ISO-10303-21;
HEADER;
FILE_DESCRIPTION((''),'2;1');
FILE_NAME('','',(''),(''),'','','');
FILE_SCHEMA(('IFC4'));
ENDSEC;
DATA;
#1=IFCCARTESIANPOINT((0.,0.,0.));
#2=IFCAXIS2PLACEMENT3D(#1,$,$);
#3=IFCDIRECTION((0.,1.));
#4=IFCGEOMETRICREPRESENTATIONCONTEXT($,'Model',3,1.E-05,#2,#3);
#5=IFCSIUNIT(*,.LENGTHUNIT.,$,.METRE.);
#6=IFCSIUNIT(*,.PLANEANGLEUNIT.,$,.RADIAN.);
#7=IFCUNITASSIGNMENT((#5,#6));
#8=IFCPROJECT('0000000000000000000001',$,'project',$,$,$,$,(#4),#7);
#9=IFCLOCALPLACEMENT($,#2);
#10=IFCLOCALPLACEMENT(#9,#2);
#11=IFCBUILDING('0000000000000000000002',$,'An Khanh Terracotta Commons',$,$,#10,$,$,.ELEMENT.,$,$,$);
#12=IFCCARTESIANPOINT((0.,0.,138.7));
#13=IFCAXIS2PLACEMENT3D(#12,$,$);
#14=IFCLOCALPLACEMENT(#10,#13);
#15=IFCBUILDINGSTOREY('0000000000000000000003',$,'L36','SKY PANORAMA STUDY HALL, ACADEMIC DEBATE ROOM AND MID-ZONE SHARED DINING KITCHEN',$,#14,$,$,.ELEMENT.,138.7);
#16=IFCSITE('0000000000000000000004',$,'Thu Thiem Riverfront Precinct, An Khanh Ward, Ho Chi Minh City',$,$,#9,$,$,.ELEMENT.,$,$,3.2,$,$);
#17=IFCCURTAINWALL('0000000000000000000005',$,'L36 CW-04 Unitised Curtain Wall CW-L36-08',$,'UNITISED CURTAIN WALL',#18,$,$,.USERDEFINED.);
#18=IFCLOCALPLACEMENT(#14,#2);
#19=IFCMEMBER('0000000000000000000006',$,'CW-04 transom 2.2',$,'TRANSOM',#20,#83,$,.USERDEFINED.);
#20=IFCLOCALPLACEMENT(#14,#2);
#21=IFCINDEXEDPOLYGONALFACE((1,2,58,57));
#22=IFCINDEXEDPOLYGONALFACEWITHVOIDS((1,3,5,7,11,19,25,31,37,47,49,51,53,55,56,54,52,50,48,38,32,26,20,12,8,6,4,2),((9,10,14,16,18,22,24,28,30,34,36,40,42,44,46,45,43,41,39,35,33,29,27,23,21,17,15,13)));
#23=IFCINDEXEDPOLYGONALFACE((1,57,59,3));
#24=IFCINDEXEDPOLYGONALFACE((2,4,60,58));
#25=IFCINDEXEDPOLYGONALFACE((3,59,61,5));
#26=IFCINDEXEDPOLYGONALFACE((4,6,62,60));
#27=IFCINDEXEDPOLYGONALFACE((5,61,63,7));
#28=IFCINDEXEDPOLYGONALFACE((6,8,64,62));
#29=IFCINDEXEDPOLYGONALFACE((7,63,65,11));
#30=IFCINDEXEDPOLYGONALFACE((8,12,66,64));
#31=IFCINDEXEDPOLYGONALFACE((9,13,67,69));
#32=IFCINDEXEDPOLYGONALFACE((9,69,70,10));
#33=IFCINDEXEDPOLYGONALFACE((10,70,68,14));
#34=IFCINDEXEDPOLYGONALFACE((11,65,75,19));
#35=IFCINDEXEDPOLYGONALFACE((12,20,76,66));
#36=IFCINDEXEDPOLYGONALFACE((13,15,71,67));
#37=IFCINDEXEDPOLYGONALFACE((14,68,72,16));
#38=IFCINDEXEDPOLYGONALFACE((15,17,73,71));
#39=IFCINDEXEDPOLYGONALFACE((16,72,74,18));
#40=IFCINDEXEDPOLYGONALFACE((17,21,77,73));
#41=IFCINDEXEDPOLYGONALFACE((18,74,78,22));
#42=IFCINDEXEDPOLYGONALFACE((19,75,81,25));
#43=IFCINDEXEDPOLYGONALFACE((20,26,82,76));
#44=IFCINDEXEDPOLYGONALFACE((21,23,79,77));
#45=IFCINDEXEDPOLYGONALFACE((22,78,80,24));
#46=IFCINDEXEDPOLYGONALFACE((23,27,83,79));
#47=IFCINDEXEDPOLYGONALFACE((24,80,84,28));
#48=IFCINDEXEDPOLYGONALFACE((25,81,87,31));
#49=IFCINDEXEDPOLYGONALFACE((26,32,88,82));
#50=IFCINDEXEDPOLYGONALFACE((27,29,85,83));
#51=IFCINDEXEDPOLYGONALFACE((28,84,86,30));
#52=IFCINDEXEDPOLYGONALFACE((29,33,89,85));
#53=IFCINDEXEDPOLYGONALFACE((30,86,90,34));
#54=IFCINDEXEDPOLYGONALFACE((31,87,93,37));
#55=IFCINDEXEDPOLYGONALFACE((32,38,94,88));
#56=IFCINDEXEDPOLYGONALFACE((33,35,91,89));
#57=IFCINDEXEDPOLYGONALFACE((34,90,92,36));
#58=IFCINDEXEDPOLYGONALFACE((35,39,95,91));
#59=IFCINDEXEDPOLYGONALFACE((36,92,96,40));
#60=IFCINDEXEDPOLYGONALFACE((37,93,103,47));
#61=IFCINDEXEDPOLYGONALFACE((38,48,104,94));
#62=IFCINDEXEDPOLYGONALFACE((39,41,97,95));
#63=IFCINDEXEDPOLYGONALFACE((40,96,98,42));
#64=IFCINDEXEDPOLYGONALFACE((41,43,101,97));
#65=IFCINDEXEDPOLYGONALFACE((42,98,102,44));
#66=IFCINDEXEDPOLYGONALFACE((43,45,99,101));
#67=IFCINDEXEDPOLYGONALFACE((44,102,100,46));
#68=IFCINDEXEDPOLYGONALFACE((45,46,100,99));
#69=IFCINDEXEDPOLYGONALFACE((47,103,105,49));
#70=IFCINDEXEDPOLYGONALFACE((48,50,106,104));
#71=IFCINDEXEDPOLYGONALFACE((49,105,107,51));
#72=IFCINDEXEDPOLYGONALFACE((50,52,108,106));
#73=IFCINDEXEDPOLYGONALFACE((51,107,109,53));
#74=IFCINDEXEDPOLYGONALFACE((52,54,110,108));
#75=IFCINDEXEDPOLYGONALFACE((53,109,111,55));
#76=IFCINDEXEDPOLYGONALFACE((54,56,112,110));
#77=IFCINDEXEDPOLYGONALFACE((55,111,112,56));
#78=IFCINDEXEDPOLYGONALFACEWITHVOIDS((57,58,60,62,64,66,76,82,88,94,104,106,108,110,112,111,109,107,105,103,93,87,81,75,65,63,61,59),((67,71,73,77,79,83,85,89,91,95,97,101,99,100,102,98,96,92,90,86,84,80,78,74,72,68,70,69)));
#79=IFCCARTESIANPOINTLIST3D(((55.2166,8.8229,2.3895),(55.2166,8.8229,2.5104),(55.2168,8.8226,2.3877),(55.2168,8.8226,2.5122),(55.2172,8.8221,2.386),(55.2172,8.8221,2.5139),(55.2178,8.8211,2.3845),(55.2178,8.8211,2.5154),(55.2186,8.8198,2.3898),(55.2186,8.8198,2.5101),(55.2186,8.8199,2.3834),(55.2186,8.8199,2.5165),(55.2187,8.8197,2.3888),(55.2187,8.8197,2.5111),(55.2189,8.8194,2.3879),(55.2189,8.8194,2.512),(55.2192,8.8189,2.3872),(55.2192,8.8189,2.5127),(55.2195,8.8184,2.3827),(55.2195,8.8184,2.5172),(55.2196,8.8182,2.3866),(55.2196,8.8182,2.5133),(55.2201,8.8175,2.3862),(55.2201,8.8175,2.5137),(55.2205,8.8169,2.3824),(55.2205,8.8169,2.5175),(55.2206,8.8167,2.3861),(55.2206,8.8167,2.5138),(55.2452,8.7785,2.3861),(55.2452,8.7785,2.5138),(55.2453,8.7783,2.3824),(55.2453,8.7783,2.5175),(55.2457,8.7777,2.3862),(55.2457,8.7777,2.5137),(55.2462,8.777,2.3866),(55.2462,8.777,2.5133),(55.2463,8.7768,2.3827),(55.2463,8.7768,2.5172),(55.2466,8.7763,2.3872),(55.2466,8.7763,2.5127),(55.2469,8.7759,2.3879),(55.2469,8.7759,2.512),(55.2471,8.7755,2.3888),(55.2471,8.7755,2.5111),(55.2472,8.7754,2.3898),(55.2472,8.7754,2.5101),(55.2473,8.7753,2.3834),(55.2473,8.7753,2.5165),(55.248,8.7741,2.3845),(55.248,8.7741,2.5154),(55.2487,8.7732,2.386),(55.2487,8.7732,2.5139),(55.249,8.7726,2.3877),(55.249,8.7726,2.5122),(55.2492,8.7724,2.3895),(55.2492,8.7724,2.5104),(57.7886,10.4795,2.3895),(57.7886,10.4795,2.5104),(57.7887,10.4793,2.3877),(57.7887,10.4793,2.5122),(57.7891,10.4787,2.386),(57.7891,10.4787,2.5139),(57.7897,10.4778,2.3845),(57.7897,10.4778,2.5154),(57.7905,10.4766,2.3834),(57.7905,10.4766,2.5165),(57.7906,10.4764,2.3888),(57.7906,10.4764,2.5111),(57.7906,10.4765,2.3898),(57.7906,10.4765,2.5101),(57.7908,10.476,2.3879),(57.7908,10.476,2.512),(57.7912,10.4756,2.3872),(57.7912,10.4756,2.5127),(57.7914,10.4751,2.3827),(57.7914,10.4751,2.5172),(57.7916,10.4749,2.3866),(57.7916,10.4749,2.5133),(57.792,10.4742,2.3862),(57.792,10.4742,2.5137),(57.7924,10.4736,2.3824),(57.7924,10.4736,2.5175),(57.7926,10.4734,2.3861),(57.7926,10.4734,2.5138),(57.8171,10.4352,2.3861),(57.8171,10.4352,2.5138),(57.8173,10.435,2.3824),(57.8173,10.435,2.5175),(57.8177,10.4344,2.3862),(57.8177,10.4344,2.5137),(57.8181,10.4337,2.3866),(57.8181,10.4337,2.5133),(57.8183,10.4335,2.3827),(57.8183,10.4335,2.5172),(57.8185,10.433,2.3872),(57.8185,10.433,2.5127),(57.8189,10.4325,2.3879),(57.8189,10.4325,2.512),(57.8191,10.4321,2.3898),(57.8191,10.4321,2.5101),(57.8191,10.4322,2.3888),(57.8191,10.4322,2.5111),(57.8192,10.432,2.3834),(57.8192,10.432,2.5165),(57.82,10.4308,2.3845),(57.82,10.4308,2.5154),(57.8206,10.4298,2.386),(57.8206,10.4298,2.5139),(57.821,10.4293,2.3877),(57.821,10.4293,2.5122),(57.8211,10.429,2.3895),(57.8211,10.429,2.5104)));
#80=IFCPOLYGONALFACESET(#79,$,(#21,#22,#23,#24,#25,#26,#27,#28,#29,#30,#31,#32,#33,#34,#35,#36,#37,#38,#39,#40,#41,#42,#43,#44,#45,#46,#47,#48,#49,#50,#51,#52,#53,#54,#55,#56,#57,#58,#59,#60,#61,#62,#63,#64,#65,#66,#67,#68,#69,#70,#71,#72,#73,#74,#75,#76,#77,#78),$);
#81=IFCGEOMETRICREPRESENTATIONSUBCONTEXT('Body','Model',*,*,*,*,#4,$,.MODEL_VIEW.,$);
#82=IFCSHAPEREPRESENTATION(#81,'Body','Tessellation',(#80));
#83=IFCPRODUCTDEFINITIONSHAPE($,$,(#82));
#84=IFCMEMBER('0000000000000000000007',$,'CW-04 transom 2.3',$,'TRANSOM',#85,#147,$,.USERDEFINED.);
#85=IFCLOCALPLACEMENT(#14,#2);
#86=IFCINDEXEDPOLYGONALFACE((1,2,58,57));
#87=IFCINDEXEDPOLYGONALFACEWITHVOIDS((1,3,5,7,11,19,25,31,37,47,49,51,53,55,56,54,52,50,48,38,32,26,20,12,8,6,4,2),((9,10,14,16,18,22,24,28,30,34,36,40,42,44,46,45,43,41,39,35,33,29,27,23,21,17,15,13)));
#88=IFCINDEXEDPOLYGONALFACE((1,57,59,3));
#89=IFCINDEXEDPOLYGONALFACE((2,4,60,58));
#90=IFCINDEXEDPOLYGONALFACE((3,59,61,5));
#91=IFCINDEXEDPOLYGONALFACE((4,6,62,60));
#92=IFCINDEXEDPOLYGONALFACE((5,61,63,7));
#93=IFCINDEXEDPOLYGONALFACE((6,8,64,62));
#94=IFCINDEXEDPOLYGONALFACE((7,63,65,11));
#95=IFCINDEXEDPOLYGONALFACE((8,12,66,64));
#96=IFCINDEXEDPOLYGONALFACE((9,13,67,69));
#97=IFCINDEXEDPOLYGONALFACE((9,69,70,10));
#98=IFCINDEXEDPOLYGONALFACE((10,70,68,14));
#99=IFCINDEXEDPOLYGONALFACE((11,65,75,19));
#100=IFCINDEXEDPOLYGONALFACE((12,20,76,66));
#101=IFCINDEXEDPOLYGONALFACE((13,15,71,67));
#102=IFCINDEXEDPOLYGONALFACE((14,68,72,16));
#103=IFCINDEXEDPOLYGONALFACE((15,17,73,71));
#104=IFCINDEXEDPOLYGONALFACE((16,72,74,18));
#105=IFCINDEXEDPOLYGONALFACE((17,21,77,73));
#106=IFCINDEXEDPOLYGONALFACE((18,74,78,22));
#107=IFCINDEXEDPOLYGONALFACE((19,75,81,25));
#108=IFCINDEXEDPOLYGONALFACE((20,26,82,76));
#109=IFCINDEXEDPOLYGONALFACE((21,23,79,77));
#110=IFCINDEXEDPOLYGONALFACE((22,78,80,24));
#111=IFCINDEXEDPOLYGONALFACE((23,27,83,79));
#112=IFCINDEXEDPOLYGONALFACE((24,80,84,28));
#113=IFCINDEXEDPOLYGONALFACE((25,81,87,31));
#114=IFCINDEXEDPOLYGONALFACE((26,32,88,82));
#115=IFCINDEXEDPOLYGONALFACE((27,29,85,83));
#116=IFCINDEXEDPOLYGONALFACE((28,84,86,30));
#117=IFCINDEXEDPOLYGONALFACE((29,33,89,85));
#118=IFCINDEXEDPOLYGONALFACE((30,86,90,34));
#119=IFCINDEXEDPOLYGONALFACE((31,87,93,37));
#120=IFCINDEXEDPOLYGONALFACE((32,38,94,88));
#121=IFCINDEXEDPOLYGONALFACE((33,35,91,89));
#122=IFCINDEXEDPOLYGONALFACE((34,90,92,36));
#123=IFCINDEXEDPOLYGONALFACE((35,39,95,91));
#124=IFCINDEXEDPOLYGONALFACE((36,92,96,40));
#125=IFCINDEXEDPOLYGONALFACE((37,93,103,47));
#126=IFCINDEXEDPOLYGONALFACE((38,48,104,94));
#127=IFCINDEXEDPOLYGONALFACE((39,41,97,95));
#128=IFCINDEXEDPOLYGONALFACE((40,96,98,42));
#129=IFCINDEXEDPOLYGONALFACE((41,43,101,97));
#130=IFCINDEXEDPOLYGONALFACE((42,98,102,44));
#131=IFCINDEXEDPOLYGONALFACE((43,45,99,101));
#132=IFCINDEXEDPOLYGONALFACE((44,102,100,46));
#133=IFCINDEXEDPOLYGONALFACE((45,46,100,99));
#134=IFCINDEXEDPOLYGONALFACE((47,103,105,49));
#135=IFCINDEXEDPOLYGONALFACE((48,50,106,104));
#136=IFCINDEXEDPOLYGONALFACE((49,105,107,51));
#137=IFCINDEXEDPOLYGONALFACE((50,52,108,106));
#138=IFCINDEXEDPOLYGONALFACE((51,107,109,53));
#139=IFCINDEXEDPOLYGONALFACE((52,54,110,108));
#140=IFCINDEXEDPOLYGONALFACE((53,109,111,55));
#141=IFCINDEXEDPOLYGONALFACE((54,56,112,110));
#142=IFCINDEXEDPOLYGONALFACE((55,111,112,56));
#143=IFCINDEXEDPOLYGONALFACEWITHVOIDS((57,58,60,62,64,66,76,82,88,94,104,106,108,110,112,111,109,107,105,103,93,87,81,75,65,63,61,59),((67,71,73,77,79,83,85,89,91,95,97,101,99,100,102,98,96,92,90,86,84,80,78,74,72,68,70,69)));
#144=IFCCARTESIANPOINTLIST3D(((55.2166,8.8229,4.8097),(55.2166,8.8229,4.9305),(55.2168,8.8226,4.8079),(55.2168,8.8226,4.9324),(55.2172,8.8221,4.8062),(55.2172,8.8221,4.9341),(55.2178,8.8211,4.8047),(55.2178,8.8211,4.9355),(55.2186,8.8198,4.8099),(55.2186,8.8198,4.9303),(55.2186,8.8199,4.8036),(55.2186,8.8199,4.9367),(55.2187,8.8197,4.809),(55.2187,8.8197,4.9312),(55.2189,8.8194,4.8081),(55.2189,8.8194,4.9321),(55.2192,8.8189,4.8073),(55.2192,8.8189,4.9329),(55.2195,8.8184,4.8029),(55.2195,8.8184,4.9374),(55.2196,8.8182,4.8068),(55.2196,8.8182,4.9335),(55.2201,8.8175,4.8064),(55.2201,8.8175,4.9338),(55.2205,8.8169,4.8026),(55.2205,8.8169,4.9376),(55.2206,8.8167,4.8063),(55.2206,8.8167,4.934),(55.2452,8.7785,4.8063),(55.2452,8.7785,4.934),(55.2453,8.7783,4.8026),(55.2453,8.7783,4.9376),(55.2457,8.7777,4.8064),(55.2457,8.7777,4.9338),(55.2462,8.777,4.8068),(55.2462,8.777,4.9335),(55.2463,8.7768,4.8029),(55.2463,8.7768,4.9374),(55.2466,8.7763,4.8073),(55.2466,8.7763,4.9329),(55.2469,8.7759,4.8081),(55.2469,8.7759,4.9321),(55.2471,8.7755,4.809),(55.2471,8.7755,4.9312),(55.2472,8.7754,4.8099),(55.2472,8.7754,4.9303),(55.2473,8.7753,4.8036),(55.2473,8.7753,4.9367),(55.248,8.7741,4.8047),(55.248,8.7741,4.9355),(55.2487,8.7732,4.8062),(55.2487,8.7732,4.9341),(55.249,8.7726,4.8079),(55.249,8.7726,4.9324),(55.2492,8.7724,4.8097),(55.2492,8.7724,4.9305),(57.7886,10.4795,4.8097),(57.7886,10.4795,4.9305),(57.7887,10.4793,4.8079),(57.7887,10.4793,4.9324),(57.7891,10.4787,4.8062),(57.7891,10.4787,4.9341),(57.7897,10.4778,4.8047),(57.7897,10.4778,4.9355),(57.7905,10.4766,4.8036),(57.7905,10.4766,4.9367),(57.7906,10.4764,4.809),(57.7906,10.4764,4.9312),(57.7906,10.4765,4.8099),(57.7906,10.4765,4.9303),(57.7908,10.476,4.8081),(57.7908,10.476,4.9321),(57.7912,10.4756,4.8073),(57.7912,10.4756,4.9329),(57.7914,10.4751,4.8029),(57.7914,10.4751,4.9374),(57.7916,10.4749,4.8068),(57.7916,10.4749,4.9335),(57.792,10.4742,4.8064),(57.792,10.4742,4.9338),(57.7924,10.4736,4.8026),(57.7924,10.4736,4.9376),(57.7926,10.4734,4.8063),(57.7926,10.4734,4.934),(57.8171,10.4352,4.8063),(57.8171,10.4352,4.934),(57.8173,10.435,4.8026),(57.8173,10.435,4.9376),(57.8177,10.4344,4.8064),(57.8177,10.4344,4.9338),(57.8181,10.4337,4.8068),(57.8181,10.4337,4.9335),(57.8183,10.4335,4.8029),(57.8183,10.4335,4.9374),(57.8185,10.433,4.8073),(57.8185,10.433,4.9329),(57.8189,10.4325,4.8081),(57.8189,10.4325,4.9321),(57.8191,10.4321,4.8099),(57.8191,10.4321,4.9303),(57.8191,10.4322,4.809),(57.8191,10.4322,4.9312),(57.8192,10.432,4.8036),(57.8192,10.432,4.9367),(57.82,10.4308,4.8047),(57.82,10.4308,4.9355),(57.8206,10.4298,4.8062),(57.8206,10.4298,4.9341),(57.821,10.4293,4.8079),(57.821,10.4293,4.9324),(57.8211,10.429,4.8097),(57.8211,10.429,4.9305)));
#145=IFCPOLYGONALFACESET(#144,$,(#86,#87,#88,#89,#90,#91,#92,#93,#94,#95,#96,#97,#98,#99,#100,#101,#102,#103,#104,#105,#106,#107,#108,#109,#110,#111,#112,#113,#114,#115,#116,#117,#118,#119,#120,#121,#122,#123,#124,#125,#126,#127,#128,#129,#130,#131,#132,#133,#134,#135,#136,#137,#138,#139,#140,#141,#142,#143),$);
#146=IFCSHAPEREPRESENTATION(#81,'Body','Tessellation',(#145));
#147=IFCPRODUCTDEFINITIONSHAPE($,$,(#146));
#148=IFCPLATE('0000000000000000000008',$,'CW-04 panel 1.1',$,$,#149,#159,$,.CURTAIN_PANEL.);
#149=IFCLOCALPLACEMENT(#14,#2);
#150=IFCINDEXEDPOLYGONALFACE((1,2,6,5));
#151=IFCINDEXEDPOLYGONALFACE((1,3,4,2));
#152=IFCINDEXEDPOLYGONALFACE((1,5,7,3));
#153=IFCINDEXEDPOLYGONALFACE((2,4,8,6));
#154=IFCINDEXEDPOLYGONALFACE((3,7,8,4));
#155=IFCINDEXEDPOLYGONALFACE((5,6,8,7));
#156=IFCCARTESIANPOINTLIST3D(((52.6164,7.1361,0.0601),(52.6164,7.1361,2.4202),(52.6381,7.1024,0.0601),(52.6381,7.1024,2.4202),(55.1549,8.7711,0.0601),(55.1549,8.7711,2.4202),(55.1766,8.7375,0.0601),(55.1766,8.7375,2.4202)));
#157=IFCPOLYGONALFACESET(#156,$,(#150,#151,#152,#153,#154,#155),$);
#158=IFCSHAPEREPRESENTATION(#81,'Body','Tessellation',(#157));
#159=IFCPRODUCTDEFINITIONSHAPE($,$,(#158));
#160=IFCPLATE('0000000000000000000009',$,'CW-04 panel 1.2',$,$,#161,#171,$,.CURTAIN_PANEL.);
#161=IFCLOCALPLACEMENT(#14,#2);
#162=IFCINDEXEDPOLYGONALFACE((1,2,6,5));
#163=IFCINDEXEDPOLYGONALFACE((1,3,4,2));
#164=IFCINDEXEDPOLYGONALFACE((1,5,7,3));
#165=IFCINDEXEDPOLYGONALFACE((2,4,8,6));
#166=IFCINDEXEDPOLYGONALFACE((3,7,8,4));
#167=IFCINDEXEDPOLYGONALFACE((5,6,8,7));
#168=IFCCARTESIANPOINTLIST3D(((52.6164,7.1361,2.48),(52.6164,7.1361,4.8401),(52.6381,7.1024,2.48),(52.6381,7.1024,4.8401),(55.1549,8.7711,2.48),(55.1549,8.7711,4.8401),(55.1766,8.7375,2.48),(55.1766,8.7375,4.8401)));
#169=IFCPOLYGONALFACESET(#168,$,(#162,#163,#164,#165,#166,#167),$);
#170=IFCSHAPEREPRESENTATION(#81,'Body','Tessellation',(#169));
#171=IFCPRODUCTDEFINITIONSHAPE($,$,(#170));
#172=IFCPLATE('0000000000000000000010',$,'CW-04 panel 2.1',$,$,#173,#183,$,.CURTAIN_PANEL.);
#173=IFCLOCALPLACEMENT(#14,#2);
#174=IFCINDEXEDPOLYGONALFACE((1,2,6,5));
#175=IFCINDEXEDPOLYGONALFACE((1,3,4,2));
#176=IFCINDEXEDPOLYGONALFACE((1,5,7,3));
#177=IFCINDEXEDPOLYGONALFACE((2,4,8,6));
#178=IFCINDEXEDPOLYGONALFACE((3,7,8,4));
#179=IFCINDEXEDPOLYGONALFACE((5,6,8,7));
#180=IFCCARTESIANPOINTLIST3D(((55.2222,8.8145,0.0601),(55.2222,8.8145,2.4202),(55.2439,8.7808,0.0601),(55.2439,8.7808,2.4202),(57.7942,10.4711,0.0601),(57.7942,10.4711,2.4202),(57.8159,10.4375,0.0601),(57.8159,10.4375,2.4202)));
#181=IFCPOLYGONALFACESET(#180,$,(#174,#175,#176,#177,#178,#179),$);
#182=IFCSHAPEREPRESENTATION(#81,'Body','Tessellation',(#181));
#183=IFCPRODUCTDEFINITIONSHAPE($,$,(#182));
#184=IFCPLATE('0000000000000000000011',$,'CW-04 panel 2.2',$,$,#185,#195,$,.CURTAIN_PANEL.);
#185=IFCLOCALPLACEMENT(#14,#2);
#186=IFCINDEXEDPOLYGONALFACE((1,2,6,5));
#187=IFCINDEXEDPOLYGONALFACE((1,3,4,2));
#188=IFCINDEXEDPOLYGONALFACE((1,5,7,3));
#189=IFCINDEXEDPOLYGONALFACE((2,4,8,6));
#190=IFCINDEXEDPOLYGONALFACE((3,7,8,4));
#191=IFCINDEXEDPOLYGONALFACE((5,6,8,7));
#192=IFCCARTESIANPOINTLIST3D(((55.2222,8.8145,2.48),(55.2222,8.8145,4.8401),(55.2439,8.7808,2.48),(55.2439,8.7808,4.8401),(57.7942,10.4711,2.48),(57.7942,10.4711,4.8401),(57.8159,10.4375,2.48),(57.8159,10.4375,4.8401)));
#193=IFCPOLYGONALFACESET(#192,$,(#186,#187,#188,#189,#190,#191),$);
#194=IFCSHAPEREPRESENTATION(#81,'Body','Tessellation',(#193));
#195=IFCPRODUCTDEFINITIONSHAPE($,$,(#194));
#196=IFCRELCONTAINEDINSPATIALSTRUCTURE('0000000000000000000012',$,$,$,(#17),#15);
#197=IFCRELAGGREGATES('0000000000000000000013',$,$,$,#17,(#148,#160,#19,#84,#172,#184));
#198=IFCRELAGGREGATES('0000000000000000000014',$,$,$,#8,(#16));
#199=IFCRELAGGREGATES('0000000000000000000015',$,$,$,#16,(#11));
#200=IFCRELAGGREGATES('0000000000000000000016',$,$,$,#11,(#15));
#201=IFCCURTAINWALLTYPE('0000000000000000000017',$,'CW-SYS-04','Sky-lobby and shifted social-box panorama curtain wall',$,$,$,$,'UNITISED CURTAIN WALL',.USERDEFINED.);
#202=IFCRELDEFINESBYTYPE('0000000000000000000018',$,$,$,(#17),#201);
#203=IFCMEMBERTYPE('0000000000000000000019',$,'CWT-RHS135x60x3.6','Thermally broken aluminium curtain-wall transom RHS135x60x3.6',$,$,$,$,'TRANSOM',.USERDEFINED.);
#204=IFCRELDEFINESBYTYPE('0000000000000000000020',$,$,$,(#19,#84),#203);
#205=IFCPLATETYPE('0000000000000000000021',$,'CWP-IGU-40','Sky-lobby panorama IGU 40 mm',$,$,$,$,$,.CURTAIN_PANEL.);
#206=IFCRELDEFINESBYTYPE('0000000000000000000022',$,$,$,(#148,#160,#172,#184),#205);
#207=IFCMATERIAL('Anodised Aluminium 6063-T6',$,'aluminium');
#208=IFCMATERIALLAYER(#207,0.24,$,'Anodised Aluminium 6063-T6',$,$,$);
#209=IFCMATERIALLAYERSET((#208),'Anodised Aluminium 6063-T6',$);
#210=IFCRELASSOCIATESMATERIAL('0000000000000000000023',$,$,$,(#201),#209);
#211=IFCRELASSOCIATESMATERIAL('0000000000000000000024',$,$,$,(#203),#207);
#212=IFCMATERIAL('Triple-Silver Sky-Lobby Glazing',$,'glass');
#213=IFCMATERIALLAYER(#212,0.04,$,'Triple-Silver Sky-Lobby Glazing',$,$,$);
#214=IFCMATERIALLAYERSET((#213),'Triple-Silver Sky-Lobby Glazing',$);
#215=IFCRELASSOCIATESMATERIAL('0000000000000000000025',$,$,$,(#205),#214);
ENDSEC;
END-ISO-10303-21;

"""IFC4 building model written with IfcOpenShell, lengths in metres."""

from ifc_helpers import new_model, si_unit, direction, frame, origin, origin_2d, place, context, subcontext, project, spatial, rectangle, hollow_rectangle, extrude, material, layer, layer_set, material_profile, profile_set, type_object, element, aggregate, save


model = new_model("IFC4")

# Units and contexts
model_context = context("Model", 3, precision=1e-05, world=origin(), true_north=direction((0.0, 1.0)))
body_context = subcontext(model_context, "Body", "Model", "MODEL_VIEW")
ifc_project = project(units=[si_unit("LENGTHUNIT", "METRE"), si_unit("PLANEANGLEUNIT", "RADIAN")], contexts=[model_context])

# Site, building, storey
site_placement = place(None, origin())
site = spatial("IfcSite", under=ifc_project, at=site_placement, Name="Thu Thiem Riverfront Precinct, An Khanh Ward, Ho Chi Minh City", CompositionType="ELEMENT", RefElevation=3.2)
building_placement = place(site_placement, origin())
building = spatial("IfcBuilding", under=site, at=building_placement, Name="An Khanh Terracotta Commons", CompositionType="ELEMENT")
storey_placement = place(building_placement, frame((0.0, 0.0, 138.7)))
storey = spatial("IfcBuildingStorey", under=building, at=storey_placement, Name="L36", Description="SKY PANORAMA STUDY HALL, ACADEMIC DEBATE ROOM AND MID-ZONE SHARED DINING KITCHEN", CompositionType="ELEMENT", Elevation=138.7)

# Curtain wall, members, plates
ifc_material_1 = material(Name="Anodised Aluminium 6063-T6", Category="aluminium")
ifc_layer_1 = layer(ifc_material_1, 0.24, Name="Anodised Aluminium 6063-T6")
ifc_layer_set_1 = layer_set([ifc_layer_1], Name="Anodised Aluminium 6063-T6")
curtain_wall_type = type_object("IfcCurtainWallType", Name="CW-SYS-04", Description="Sky-lobby and shifted social-box panorama curtain wall", ElementType="UNITISED CURTAIN WALL", PredefinedType="USERDEFINED", material=ifc_layer_set_1)
curtain_wall_placement = place(storey_placement, origin())
curtain_wall = element("IfcCurtainWall", 1, at=curtain_wall_placement, inside=storey, type_object=curtain_wall_type, Name="L36 CW-04 Unitised Curtain Wall CW-L36-08", ObjectType="UNITISED CURTAIN WALL", PredefinedType="USERDEFINED")
ifc_material_profile_1 = material_profile(ifc_material_1, hollow_rectangle(XDim=0.0601, YDim=0.135, WallThickness=0.0037, InnerFilletRadius=0.0037, OuterFilletRadius=0.0071, at=origin_2d()), Name="RHS135x60x3.6")
ifc_profile_set_1 = profile_set([ifc_material_profile_1], Name="Anodised Aluminium 6063-T6")
member_type_1 = type_object("IfcMemberType", Name="CWT-RHS135x60x3.6", Description="Thermally broken aluminium curtain-wall transom RHS135x60x3.6", ElementType="TRANSOM", PredefinedType="USERDEFINED", material=ifc_profile_set_1)
member_1_placement = place(storey_placement, frame((55.2329, 8.7976, 2.45), z_axis=(0.840688, 0.54152, 0.0), x_axis=(-0.54152, 0.840688, 0.0)))
member_1 = element("IfcMember", 2, at=member_1_placement, type_object=member_type_1, Name="CW-04 transom 2.2", ObjectType="TRANSOM", PredefinedType="USERDEFINED", context=body_context, shape_type="SweptSolid", body=[
    extrude(hollow_rectangle(XDim=0.0601, YDim=0.135, WallThickness=0.0037, InnerFilletRadius=0.0037, OuterFilletRadius=0.0071, at=origin_2d()), origin(), (0.0, 0.0, 1.0), 3.0593),
])
member_2_placement = place(storey_placement, frame((55.2329, 8.7976, 4.8701), z_axis=(0.840688, 0.54152, 0.0), x_axis=(-0.54152, 0.840688, 0.0)))
member_2 = element("IfcMember", 3, at=member_2_placement, type_object=member_type_1, Name="CW-04 transom 2.3", ObjectType="TRANSOM", PredefinedType="USERDEFINED", context=body_context, shape_type="SweptSolid", body=[
    extrude(hollow_rectangle(XDim=0.0601, YDim=0.135, WallThickness=0.0037, InnerFilletRadius=0.0037, OuterFilletRadius=0.0071, at=origin_2d()), origin(), (0.0, 0.0, 1.0), 3.0593),
])
ifc_material_2 = material(Name="Triple-Silver Sky-Lobby Glazing", Category="glass")
ifc_layer_2 = layer(ifc_material_2, 0.04, Name="Triple-Silver Sky-Lobby Glazing")
ifc_layer_set_2 = layer_set([ifc_layer_2], Name="Triple-Silver Sky-Lobby Glazing")
plate_type = type_object("IfcPlateType", Name="CWP-IGU-40", Description="Sky-lobby panorama IGU 40 mm", PredefinedType="CURTAIN_PANEL", material=ifc_layer_set_2)
plate_1_placement = place(storey_placement, frame((53.8965, 7.9368, 0.0601), z_axis=(0.0, 0.0, 1.0), x_axis=(0.840702, 0.541498, 0.0)))
plate_1 = element("IfcPlate", 4, at=plate_1_placement, type_object=plate_type, Name="CW-04 panel 1.1", PredefinedType="CURTAIN_PANEL", context=body_context, shape_type="SweptSolid", body=[
    extrude(rectangle(XDim=3.0195, YDim=0.04, at=origin_2d()), origin(), (0.0, 0.0, 1.0), 2.3601),
])
plate_2_placement = place(storey_placement, frame((53.8965, 7.9368, 2.48), z_axis=(0.0, 0.0, 1.0), x_axis=(0.840702, 0.541498, 0.0)))
plate_2 = element("IfcPlate", 5, at=plate_2_placement, type_object=plate_type, Name="CW-04 panel 1.2", PredefinedType="CURTAIN_PANEL", context=body_context, shape_type="SweptSolid", body=[
    extrude(rectangle(XDim=3.0195, YDim=0.04, at=origin_2d()), origin(), (0.0, 0.0, 1.0), 2.3601),
])
plate_3_placement = place(storey_placement, frame((56.519, 9.626, 0.0601), z_axis=(0.0, 0.0, 1.0), x_axis=(0.840702, 0.541498, 0.0)))
plate_3 = element("IfcPlate", 6, at=plate_3_placement, type_object=plate_type, Name="CW-04 panel 2.1", PredefinedType="CURTAIN_PANEL", context=body_context, shape_type="SweptSolid", body=[
    extrude(rectangle(XDim=3.0593, YDim=0.04, at=origin_2d()), origin(), (0.0, 0.0, 1.0), 2.3601),
])
plate_4_placement = place(storey_placement, frame((56.519, 9.626, 2.48), z_axis=(0.0, 0.0, 1.0), x_axis=(0.840702, 0.541498, 0.0)))
plate_4 = element("IfcPlate", 7, at=plate_4_placement, type_object=plate_type, Name="CW-04 panel 2.2", PredefinedType="CURTAIN_PANEL", context=body_context, shape_type="SweptSolid", body=[
    extrude(rectangle(XDim=3.0593, YDim=0.04, at=origin_2d()), origin(), (0.0, 0.0, 1.0), 2.3601),
])
aggregate(curtain_wall, [plate_1, plate_2, member_1, member_2, plate_3, plate_4])

save(model, "model.ifc")
